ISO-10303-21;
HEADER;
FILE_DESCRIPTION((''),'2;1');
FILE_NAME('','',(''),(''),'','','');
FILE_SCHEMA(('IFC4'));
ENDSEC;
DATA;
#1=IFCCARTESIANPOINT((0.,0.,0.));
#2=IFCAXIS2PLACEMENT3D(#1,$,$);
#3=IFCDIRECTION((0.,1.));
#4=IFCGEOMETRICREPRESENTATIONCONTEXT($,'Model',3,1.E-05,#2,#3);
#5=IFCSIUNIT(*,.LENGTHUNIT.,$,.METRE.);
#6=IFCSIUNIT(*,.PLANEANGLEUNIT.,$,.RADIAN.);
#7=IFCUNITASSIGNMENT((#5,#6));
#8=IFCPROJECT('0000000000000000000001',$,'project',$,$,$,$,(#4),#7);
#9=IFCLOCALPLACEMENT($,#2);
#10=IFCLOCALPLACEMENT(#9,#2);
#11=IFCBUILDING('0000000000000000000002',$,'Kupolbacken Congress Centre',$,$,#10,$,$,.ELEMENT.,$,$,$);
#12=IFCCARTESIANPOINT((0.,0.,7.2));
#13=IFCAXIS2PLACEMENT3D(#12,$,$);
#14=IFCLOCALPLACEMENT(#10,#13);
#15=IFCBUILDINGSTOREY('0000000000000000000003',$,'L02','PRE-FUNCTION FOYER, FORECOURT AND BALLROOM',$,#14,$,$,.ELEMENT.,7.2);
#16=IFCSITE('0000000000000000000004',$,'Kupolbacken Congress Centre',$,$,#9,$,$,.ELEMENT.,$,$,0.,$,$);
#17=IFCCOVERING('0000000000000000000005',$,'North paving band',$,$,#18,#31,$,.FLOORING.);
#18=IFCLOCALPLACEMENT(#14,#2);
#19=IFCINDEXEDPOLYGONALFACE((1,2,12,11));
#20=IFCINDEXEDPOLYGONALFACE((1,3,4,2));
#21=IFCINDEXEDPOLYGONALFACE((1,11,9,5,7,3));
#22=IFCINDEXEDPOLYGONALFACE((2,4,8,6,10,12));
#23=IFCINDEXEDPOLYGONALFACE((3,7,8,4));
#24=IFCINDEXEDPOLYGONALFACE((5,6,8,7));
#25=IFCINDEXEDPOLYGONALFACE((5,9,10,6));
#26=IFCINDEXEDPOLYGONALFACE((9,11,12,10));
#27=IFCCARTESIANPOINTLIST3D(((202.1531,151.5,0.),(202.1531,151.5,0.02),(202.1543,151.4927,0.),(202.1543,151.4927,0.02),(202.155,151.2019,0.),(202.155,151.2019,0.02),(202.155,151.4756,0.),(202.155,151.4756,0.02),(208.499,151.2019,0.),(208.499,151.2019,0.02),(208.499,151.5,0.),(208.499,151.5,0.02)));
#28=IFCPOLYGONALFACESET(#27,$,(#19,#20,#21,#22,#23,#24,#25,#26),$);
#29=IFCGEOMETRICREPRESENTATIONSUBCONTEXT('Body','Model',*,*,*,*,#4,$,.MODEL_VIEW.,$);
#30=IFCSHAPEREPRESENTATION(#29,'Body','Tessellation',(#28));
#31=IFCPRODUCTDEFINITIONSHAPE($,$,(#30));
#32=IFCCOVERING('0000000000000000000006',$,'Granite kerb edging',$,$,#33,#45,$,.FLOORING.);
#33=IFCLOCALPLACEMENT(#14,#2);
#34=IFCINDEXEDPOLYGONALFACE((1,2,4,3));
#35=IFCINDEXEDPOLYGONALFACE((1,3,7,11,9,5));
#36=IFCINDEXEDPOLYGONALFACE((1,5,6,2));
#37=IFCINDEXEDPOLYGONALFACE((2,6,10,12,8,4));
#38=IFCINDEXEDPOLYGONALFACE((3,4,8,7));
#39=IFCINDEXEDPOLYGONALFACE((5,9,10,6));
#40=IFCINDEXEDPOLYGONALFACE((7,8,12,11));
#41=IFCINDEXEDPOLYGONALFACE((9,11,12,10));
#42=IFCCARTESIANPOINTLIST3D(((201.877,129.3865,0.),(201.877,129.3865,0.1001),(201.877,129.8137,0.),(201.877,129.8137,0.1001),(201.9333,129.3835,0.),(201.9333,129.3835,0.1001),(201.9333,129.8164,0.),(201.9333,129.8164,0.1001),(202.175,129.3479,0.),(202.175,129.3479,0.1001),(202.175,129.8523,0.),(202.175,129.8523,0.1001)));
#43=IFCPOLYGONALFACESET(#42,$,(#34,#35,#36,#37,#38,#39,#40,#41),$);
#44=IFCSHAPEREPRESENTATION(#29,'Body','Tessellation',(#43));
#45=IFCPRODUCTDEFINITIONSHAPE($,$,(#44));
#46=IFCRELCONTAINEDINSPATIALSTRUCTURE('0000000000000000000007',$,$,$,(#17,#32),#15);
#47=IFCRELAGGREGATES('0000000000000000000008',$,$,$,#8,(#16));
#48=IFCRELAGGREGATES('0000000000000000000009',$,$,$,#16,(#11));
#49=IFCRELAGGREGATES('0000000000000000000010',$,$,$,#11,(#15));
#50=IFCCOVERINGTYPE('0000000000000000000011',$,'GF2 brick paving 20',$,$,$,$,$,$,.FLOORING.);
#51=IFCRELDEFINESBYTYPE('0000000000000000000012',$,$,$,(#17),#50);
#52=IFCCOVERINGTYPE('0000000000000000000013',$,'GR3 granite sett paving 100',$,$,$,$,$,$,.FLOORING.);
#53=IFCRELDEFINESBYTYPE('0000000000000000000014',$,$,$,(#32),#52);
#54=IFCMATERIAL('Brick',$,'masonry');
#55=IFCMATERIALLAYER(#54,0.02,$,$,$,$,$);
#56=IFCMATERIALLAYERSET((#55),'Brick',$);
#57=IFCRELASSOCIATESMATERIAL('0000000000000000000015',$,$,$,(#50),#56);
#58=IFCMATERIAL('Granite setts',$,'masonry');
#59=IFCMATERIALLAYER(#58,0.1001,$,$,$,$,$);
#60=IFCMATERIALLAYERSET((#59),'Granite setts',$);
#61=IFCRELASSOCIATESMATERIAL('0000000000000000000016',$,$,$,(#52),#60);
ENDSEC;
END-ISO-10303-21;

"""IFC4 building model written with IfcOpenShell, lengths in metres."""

from ifc_helpers import new_model, si_unit, direction, frame, origin, place, context, subcontext, project, spatial, polyline, outline, extrude, material, layer, layer_set, type_object, element, save


model = new_model("IFC4")

# Units and contexts
model_context = context("Model", 3, precision=1e-05, world=origin(), true_north=direction((0.0, 1.0)))
body_context = subcontext(model_context, "Body", "Model", "MODEL_VIEW")
ifc_project = project(units=[si_unit("LENGTHUNIT", "METRE"), si_unit("PLANEANGLEUNIT", "RADIAN")], contexts=[model_context])

# Site, building, storey
site_placement = place(None, origin())
site = spatial("IfcSite", under=ifc_project, at=site_placement, Name="Kupolbacken Congress Centre", CompositionType="ELEMENT", RefElevation=0.0)
building_placement = place(site_placement, origin())
building = spatial("IfcBuilding", under=site, at=building_placement, Name="Kupolbacken Congress Centre", CompositionType="ELEMENT")
storey_placement = place(building_placement, frame((0.0, 0.0, 7.2)))
storey = spatial("IfcBuildingStorey", under=building, at=storey_placement, Name="L02", Description="PRE-FUNCTION FOYER, FORECOURT AND BALLROOM", CompositionType="ELEMENT", Elevation=7.2)

# Coverings
ifc_material_1 = material(Name="Brick", Category="masonry")
ifc_layer_1 = layer(ifc_material_1, 0.02)
ifc_layer_set_1 = layer_set([ifc_layer_1], Name="Brick")
covering_type_1 = type_object("IfcCoveringType", Name="GF2 brick paving 20", PredefinedType="FLOORING", material=ifc_layer_set_1)
covering_1_placement = place(storey_placement, origin())
element("IfcCovering", 1, at=covering_1_placement, inside=storey, type_object=covering_type_1, Name="North paving band", PredefinedType="FLOORING", context=body_context, shape_type="SweptSolid", body=[
    extrude(outline(polyline([(208.499, 151.5), (208.499, 151.2019), (202.155, 151.2019), (202.155, 151.4756), (202.1543, 151.4927), (202.1531, 151.5), (208.499, 151.5)])), origin(), (0.0, 0.0, 1.0), 0.02),
])
ifc_material_2 = material(Name="Granite setts", Category="masonry")
ifc_layer_2 = layer(ifc_material_2, 0.1001)
ifc_layer_set_2 = layer_set([ifc_layer_2], Name="Granite setts")
covering_type_2 = type_object("IfcCoveringType", Name="GR3 granite sett paving 100", PredefinedType="FLOORING", material=ifc_layer_set_2)
covering_2_placement = place(storey_placement, origin())
element("IfcCovering", 2, at=covering_2_placement, inside=storey, type_object=covering_type_2, Name="Granite kerb edging", PredefinedType="FLOORING", context=body_context, shape_type="SweptSolid", body=[
    extrude(outline(polyline([(202.175, 129.3479), (201.9333, 129.3835), (201.877, 129.3865), (201.877, 129.8137), (201.9333, 129.8164), (202.175, 129.8523), (202.175, 129.3479)])), origin(), (0.0, 0.0, 1.0), 0.1001),
])

save(model, "model.ifc")
